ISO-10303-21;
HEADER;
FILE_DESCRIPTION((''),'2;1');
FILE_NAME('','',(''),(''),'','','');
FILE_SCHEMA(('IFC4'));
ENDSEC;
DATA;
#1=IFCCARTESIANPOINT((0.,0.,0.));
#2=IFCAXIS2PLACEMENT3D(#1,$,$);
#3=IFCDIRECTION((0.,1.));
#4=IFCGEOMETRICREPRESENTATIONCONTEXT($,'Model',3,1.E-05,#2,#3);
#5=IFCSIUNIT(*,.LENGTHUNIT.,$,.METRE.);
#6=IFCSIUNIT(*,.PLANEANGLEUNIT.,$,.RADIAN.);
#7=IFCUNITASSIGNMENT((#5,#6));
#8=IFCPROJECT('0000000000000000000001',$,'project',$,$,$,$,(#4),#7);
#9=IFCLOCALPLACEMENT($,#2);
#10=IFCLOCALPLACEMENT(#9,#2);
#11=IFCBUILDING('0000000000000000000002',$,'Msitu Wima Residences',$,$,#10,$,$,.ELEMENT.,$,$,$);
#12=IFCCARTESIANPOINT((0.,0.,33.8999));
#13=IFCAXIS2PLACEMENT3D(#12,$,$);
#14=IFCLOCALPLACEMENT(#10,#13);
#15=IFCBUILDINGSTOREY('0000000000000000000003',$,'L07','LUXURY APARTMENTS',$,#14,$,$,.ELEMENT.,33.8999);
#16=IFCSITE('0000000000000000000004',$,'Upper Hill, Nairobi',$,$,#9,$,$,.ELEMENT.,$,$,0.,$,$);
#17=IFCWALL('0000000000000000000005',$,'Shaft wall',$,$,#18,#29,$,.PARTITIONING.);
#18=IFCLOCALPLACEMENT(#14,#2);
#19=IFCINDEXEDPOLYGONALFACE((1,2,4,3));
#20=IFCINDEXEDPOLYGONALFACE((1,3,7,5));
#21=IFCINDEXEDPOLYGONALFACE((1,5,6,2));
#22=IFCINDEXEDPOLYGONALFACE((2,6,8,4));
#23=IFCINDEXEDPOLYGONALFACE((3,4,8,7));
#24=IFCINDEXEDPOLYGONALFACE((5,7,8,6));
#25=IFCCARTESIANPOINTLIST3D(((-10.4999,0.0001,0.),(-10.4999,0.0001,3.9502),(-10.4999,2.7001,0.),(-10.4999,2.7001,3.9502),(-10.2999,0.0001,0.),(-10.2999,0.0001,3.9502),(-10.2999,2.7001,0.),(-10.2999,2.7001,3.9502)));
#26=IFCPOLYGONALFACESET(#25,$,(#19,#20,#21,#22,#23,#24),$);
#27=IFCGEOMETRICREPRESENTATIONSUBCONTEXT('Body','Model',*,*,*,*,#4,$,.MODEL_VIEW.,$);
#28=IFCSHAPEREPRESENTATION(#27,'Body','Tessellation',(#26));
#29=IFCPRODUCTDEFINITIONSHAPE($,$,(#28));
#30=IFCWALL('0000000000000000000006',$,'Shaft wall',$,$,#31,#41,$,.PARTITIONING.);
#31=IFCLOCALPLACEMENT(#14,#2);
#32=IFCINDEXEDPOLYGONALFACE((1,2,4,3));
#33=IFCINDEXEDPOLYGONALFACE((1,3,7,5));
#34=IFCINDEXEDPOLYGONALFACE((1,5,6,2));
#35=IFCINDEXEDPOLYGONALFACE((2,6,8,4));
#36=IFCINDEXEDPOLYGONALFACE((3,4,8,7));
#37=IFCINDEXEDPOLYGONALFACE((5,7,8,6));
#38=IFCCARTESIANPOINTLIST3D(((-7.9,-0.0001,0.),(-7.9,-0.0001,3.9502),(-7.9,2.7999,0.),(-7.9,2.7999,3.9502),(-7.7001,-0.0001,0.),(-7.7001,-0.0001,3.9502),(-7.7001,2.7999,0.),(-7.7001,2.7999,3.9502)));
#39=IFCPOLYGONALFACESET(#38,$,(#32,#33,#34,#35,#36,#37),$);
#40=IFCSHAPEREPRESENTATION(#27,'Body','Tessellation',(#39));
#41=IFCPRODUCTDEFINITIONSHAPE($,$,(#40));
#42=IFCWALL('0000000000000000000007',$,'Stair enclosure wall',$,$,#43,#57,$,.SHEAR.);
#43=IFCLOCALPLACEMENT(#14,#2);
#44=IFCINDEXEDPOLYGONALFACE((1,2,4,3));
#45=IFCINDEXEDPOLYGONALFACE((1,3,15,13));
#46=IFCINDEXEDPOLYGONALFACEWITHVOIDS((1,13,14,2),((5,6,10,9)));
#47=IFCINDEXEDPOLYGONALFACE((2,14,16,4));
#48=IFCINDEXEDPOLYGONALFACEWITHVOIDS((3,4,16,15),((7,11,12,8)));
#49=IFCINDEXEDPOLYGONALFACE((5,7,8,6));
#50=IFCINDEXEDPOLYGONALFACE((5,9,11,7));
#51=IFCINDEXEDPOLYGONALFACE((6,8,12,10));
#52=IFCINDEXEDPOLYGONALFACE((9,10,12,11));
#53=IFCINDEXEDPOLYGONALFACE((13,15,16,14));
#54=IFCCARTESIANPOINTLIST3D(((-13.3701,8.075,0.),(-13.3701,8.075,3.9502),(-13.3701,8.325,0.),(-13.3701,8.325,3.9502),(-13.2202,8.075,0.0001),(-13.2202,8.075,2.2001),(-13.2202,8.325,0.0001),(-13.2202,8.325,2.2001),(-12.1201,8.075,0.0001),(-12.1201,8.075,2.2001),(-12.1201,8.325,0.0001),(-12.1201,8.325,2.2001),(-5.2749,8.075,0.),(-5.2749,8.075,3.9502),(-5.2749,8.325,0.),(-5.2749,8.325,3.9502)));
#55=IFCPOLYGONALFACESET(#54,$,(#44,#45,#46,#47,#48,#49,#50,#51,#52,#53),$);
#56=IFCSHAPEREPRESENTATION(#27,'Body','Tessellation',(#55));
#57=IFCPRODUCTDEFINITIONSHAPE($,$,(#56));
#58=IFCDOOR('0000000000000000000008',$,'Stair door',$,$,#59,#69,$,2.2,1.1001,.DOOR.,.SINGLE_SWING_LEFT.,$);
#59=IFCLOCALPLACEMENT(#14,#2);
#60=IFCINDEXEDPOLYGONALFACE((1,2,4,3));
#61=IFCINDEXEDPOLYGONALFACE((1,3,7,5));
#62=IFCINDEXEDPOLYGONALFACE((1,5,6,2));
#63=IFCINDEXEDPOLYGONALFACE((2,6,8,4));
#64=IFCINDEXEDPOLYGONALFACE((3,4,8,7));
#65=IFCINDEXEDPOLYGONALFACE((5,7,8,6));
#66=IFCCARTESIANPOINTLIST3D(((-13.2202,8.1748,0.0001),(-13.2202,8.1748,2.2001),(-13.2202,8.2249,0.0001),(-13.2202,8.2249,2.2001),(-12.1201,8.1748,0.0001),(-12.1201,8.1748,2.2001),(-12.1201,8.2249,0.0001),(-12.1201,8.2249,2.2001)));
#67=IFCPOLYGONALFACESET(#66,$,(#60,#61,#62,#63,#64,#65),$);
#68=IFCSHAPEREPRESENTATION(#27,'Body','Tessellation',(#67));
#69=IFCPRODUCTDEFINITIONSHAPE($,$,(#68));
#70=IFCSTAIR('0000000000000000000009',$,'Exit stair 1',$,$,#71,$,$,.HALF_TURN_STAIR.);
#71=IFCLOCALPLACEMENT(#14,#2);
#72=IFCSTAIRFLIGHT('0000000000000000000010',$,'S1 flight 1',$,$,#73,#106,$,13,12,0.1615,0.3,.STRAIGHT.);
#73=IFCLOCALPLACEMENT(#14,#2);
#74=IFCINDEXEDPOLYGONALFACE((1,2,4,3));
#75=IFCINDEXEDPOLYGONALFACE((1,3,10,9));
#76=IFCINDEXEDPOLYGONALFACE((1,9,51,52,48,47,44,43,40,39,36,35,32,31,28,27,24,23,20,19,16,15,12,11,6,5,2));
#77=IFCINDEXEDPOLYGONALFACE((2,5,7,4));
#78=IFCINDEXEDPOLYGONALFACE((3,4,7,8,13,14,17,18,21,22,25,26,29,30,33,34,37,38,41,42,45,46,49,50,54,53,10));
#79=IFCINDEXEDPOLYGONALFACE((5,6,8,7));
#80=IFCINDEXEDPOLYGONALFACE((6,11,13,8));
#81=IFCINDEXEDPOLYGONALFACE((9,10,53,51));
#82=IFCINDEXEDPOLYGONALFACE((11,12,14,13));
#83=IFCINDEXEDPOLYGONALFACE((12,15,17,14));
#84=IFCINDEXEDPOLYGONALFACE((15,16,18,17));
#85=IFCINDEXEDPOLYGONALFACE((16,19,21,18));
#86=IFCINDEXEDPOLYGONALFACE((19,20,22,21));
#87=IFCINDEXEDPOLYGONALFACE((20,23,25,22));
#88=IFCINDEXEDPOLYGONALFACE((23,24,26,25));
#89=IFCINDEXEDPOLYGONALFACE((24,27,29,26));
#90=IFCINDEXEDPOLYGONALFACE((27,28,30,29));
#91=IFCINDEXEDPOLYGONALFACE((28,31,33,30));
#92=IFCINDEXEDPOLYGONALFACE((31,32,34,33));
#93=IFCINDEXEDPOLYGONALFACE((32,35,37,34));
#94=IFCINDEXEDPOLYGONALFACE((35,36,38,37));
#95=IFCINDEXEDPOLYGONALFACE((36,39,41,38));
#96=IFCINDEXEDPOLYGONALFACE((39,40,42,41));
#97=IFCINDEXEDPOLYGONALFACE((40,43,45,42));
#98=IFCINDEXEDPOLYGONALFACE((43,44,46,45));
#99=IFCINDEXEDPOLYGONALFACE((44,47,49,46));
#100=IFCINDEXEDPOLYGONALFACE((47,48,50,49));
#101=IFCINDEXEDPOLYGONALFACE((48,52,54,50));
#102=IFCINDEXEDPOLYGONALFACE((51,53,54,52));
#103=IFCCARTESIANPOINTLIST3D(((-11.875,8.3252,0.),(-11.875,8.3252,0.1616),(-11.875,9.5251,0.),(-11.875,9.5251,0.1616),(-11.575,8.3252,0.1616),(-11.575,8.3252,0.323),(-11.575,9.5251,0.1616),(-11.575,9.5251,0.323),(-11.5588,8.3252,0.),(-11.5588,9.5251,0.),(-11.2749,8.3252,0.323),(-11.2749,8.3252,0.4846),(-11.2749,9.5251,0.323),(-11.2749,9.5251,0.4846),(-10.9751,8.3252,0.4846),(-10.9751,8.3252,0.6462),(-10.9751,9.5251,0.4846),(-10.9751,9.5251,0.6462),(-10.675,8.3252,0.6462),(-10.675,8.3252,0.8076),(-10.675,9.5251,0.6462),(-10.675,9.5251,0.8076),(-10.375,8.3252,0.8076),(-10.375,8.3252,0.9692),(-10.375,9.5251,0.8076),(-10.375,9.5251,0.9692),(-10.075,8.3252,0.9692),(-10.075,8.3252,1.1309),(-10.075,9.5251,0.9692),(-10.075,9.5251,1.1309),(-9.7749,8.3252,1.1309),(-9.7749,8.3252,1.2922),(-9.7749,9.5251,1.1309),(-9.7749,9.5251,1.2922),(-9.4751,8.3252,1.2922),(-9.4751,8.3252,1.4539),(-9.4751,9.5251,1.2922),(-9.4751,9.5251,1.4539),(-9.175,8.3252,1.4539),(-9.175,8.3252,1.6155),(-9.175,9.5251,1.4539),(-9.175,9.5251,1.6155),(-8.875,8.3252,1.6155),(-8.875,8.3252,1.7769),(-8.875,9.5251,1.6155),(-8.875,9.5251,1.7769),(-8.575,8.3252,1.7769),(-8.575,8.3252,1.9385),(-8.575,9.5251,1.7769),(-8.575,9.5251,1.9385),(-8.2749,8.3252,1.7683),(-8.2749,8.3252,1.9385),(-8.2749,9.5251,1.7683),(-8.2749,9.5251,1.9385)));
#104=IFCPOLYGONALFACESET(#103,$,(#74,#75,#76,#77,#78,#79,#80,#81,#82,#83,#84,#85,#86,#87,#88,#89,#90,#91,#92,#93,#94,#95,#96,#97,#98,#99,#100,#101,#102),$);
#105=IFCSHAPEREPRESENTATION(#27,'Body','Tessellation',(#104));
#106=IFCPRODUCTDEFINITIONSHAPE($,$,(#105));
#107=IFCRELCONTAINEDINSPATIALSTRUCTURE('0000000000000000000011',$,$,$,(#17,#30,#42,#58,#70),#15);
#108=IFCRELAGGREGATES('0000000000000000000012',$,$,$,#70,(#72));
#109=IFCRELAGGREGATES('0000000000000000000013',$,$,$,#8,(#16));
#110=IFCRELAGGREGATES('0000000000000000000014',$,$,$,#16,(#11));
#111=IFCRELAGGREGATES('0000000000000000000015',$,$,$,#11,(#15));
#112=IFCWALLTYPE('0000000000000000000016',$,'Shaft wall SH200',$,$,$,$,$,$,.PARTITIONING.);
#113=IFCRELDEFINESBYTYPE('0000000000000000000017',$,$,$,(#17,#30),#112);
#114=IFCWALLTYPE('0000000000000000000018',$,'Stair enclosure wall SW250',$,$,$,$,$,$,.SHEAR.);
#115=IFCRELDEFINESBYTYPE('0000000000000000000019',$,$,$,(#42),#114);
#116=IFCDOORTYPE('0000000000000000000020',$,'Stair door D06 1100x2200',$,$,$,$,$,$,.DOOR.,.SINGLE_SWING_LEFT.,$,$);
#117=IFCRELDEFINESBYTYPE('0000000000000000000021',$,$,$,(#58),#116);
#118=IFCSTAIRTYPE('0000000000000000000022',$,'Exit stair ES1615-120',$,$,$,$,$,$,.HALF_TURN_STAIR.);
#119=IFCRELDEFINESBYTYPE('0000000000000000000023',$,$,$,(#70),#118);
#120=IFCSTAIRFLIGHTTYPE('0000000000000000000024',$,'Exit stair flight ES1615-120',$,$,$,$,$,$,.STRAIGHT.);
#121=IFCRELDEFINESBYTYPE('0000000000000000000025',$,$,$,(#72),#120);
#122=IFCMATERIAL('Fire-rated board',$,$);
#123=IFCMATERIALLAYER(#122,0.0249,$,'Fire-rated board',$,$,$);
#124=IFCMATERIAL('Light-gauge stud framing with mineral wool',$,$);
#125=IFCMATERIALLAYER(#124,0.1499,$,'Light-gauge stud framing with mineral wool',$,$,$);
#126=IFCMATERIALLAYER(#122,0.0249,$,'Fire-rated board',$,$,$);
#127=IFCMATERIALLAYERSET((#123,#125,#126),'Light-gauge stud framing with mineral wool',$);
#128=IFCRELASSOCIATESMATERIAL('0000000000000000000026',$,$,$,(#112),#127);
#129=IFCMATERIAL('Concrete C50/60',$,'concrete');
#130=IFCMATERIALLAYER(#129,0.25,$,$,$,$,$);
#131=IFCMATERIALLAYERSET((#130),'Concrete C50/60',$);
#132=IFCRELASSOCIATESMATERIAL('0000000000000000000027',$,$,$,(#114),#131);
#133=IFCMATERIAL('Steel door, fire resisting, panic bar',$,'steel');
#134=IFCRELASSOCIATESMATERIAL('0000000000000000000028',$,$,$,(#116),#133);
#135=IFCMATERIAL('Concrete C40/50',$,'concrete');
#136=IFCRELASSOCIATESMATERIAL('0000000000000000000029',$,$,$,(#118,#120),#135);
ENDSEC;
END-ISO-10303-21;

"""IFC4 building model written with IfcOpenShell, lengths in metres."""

from ifc_helpers import new_model, si_unit, direction, frame, frame_2d, origin, place, context, subcontext, project, spatial, polyline, rectangle, outline, extrude, material, layer, layer_set, type_object, element, fill, aggregate, save


model = new_model("IFC4")

# Units and contexts
model_context = context("Model", 3, precision=1e-05, world=origin(), true_north=direction((0.0, 1.0)))
body_context = subcontext(model_context, "Body", "Model", "MODEL_VIEW")
ifc_project = project(units=[si_unit("LENGTHUNIT", "METRE"), si_unit("PLANEANGLEUNIT", "RADIAN")], contexts=[model_context])

# Site, building, storey
site_placement = place(None, origin())
site = spatial("IfcSite", under=ifc_project, at=site_placement, Name="Upper Hill, Nairobi", CompositionType="ELEMENT", RefElevation=0.0)
building_placement = place(site_placement, origin())
building = spatial("IfcBuilding", under=site, at=building_placement, Name="Msitu Wima Residences", CompositionType="ELEMENT")
storey_placement = place(building_placement, frame((0.0, 0.0, 33.8999)))
storey = spatial("IfcBuildingStorey", under=building, at=storey_placement, Name="L07", Description="LUXURY APARTMENTS", CompositionType="ELEMENT", Elevation=33.8999)

# Shared definitions
ifc_material_1 = material(Name="Concrete C40/50", Category="concrete")

# Shared definitions
ifc_material_2 = material(Name="Fire-rated board")
ifc_layer_1 = layer(ifc_material_2, 0.0249, Name="Fire-rated board")
ifc_material_3 = material(Name="Light-gauge stud framing with mineral wool")
ifc_layer_2 = layer(ifc_material_3, 0.1499, Name="Light-gauge stud framing with mineral wool")
ifc_layer_3 = layer(ifc_material_2, 0.0249, Name="Fire-rated board")
ifc_layer_set_1 = layer_set([ifc_layer_1, ifc_layer_2, ifc_layer_3], Name="Light-gauge stud framing with mineral wool")
wall_type_1 = type_object("IfcWallType", Name="Shaft wall SH200", PredefinedType="PARTITIONING", material=ifc_layer_set_1)

# Walls
wall_1_placement = place(storey_placement, frame((-10.3999, 0.0, 0.0), z_axis=(0.0, 0.0, 1.0), x_axis=(0.0, 1.0, 0.0)))
element("IfcWall", 1, at=wall_1_placement, inside=storey, type_object=wall_type_1, Name="Shaft wall", PredefinedType="PARTITIONING", context=body_context, shape_type="SweptSolid", body=[
    extrude(rectangle(XDim=2.7, YDim=0.2, at=frame_2d((1.3501, 0.0))), origin(), (0.0, 0.0, 1.0), 3.9502),
])
wall_2_placement = place(storey_placement, frame((-7.8, 0.0, 0.0), z_axis=(0.0, 0.0, 1.0), x_axis=(0.0, 1.0, 0.0)))
element("IfcWall", 2, at=wall_2_placement, inside=storey, type_object=wall_type_1, Name="Shaft wall", PredefinedType="PARTITIONING", context=body_context, shape_type="SweptSolid", body=[
    extrude(rectangle(XDim=2.8, YDim=0.2, at=frame_2d((1.3999, 0.0))), origin(), (0.0, 0.0, 1.0), 3.9502),
])

# Wall, opening, door
ifc_material_4 = material(Name="Concrete C50/60", Category="concrete")
ifc_layer_4 = layer(ifc_material_4, 0.25)
ifc_layer_set_2 = layer_set([ifc_layer_4], Name="Concrete C50/60")
wall_type_2 = type_object("IfcWallType", Name="Stair enclosure wall SW250", PredefinedType="SHEAR", material=ifc_layer_set_2)
wall_3_placement = place(storey_placement, frame((-13.3701, 8.2, 0.0), z_axis=(0.0, 0.0, 1.0), x_axis=(1.0, 0.0, 0.0)))
wall_3 = element("IfcWall", 3, at=wall_3_placement, inside=storey, type_object=wall_type_2, Name="Stair enclosure wall", PredefinedType="SHEAR", context=body_context, shape_type="SweptSolid", body=[
    extrude(rectangle(XDim=8.0952, YDim=0.25, at=frame_2d((4.0476, 0.0))), origin(), (0.0, 0.0, 1.0), 3.9502),
])
opening_1_placement = place(wall_3_placement, frame((0.1499, 0.0, 0.0)))
opening_1 = element("IfcOpeningElement", 4, at=opening_1_placement, cuts=wall_3, PredefinedType="OPENING", context=body_context, shape_type="SweptSolid", body=[
    extrude(rectangle(XDim=1.1001, YDim=2.2, at=frame_2d((0.55, 1.1001))), frame((0.0, 0.135, 0.0), z_axis=(0.0, -1.0, 0.0), x_axis=(1.0, 0.0, 0.0)), (0.0, 0.0, 1.0), 0.27),
])
ifc_material_5 = material(Name="Steel door, fire resisting, panic bar", Category="steel")
door_type_1 = type_object("IfcDoorType", Name="Stair door D06 1100x2200", OperationType="SINGLE_SWING_LEFT", PredefinedType="DOOR", material=ifc_material_5)
door_1_placement = place(opening_1_placement, origin())
door_1 = element("IfcDoor", 5, at=door_1_placement, inside=storey, type_object=door_type_1, Name="Stair door", OperationType="SINGLE_SWING_LEFT", OverallHeight=2.2, OverallWidth=1.1001, PredefinedType="DOOR", context=body_context, shape_type="SweptSolid", body=[
    extrude(rectangle(XDim=1.1001, YDim=2.2, at=frame_2d((0.55, 1.1001))), frame((0.0, 0.0249, 0.0), z_axis=(0.0, -1.0, 0.0), x_axis=(1.0, 0.0, 0.0)), (0.0, 0.0, 1.0), 0.05),
])
fill(opening_1, door_1)

# Stair, stair flight
stair_type = type_object("IfcStairType", Name="Exit stair ES1615-120", PredefinedType="HALF_TURN_STAIR", material=ifc_material_1)
stair_placement = place(storey_placement, origin())
stair = element("IfcStair", 6, at=stair_placement, inside=storey, type_object=stair_type, Name="Exit stair 1", PredefinedType="HALF_TURN_STAIR")
stair_flight_type = type_object("IfcStairFlightType", Name="Exit stair flight ES1615-120", PredefinedType="STRAIGHT", material=ifc_material_1)
stair_flight_placement = place(storey_placement, frame((-11.875, 8.925, 0.0), z_axis=(0.0, 0.0, 1.0), x_axis=(1.0, 0.0, 0.0)))
stair_flight = element("IfcStairFlight", 7, at=stair_flight_placement, type_object=stair_flight_type, Name="S1 flight 1", NumberOfRisers=13, NumberOfTreads=12, PredefinedType="STRAIGHT", RiserHeight=0.1615, TreadLength=0.3, context=body_context, shape_type="SweptSolid", body=[
    extrude(outline(polyline([(0.0, 0.0), (0.0, 0.1616), (0.3, 0.1616), (0.3, 0.323), (0.6001, 0.323), (0.6001, 0.4846), (0.8999, 0.4846), (0.8999, 0.6462), (1.2, 0.6462), (1.2, 0.8076), (1.5, 0.8076), (1.5, 0.9692), (1.8, 0.9692), (1.8, 1.1309), (2.1001, 1.1309), (2.1001, 1.2922), (2.3999, 1.2922), (2.3999, 1.4539), (2.7, 1.4539), (2.7, 1.6155), (3.0, 1.6155), (3.0, 1.7769), (3.3, 1.7769), (3.3, 1.9385), (3.6001, 1.9385), (3.6001, 2.1001), (3.6001, 1.7683), (0.3162, 0.0), (0.0, 0.0)])), frame((0.0, 0.6001, 0.0), z_axis=(0.0, -1.0, 0.0), x_axis=(1.0, 0.0, 0.0)), (0.0, 0.0, 1.0), 1.2),
])
aggregate(stair, [stair_flight])

save(model, "model.ifc")
